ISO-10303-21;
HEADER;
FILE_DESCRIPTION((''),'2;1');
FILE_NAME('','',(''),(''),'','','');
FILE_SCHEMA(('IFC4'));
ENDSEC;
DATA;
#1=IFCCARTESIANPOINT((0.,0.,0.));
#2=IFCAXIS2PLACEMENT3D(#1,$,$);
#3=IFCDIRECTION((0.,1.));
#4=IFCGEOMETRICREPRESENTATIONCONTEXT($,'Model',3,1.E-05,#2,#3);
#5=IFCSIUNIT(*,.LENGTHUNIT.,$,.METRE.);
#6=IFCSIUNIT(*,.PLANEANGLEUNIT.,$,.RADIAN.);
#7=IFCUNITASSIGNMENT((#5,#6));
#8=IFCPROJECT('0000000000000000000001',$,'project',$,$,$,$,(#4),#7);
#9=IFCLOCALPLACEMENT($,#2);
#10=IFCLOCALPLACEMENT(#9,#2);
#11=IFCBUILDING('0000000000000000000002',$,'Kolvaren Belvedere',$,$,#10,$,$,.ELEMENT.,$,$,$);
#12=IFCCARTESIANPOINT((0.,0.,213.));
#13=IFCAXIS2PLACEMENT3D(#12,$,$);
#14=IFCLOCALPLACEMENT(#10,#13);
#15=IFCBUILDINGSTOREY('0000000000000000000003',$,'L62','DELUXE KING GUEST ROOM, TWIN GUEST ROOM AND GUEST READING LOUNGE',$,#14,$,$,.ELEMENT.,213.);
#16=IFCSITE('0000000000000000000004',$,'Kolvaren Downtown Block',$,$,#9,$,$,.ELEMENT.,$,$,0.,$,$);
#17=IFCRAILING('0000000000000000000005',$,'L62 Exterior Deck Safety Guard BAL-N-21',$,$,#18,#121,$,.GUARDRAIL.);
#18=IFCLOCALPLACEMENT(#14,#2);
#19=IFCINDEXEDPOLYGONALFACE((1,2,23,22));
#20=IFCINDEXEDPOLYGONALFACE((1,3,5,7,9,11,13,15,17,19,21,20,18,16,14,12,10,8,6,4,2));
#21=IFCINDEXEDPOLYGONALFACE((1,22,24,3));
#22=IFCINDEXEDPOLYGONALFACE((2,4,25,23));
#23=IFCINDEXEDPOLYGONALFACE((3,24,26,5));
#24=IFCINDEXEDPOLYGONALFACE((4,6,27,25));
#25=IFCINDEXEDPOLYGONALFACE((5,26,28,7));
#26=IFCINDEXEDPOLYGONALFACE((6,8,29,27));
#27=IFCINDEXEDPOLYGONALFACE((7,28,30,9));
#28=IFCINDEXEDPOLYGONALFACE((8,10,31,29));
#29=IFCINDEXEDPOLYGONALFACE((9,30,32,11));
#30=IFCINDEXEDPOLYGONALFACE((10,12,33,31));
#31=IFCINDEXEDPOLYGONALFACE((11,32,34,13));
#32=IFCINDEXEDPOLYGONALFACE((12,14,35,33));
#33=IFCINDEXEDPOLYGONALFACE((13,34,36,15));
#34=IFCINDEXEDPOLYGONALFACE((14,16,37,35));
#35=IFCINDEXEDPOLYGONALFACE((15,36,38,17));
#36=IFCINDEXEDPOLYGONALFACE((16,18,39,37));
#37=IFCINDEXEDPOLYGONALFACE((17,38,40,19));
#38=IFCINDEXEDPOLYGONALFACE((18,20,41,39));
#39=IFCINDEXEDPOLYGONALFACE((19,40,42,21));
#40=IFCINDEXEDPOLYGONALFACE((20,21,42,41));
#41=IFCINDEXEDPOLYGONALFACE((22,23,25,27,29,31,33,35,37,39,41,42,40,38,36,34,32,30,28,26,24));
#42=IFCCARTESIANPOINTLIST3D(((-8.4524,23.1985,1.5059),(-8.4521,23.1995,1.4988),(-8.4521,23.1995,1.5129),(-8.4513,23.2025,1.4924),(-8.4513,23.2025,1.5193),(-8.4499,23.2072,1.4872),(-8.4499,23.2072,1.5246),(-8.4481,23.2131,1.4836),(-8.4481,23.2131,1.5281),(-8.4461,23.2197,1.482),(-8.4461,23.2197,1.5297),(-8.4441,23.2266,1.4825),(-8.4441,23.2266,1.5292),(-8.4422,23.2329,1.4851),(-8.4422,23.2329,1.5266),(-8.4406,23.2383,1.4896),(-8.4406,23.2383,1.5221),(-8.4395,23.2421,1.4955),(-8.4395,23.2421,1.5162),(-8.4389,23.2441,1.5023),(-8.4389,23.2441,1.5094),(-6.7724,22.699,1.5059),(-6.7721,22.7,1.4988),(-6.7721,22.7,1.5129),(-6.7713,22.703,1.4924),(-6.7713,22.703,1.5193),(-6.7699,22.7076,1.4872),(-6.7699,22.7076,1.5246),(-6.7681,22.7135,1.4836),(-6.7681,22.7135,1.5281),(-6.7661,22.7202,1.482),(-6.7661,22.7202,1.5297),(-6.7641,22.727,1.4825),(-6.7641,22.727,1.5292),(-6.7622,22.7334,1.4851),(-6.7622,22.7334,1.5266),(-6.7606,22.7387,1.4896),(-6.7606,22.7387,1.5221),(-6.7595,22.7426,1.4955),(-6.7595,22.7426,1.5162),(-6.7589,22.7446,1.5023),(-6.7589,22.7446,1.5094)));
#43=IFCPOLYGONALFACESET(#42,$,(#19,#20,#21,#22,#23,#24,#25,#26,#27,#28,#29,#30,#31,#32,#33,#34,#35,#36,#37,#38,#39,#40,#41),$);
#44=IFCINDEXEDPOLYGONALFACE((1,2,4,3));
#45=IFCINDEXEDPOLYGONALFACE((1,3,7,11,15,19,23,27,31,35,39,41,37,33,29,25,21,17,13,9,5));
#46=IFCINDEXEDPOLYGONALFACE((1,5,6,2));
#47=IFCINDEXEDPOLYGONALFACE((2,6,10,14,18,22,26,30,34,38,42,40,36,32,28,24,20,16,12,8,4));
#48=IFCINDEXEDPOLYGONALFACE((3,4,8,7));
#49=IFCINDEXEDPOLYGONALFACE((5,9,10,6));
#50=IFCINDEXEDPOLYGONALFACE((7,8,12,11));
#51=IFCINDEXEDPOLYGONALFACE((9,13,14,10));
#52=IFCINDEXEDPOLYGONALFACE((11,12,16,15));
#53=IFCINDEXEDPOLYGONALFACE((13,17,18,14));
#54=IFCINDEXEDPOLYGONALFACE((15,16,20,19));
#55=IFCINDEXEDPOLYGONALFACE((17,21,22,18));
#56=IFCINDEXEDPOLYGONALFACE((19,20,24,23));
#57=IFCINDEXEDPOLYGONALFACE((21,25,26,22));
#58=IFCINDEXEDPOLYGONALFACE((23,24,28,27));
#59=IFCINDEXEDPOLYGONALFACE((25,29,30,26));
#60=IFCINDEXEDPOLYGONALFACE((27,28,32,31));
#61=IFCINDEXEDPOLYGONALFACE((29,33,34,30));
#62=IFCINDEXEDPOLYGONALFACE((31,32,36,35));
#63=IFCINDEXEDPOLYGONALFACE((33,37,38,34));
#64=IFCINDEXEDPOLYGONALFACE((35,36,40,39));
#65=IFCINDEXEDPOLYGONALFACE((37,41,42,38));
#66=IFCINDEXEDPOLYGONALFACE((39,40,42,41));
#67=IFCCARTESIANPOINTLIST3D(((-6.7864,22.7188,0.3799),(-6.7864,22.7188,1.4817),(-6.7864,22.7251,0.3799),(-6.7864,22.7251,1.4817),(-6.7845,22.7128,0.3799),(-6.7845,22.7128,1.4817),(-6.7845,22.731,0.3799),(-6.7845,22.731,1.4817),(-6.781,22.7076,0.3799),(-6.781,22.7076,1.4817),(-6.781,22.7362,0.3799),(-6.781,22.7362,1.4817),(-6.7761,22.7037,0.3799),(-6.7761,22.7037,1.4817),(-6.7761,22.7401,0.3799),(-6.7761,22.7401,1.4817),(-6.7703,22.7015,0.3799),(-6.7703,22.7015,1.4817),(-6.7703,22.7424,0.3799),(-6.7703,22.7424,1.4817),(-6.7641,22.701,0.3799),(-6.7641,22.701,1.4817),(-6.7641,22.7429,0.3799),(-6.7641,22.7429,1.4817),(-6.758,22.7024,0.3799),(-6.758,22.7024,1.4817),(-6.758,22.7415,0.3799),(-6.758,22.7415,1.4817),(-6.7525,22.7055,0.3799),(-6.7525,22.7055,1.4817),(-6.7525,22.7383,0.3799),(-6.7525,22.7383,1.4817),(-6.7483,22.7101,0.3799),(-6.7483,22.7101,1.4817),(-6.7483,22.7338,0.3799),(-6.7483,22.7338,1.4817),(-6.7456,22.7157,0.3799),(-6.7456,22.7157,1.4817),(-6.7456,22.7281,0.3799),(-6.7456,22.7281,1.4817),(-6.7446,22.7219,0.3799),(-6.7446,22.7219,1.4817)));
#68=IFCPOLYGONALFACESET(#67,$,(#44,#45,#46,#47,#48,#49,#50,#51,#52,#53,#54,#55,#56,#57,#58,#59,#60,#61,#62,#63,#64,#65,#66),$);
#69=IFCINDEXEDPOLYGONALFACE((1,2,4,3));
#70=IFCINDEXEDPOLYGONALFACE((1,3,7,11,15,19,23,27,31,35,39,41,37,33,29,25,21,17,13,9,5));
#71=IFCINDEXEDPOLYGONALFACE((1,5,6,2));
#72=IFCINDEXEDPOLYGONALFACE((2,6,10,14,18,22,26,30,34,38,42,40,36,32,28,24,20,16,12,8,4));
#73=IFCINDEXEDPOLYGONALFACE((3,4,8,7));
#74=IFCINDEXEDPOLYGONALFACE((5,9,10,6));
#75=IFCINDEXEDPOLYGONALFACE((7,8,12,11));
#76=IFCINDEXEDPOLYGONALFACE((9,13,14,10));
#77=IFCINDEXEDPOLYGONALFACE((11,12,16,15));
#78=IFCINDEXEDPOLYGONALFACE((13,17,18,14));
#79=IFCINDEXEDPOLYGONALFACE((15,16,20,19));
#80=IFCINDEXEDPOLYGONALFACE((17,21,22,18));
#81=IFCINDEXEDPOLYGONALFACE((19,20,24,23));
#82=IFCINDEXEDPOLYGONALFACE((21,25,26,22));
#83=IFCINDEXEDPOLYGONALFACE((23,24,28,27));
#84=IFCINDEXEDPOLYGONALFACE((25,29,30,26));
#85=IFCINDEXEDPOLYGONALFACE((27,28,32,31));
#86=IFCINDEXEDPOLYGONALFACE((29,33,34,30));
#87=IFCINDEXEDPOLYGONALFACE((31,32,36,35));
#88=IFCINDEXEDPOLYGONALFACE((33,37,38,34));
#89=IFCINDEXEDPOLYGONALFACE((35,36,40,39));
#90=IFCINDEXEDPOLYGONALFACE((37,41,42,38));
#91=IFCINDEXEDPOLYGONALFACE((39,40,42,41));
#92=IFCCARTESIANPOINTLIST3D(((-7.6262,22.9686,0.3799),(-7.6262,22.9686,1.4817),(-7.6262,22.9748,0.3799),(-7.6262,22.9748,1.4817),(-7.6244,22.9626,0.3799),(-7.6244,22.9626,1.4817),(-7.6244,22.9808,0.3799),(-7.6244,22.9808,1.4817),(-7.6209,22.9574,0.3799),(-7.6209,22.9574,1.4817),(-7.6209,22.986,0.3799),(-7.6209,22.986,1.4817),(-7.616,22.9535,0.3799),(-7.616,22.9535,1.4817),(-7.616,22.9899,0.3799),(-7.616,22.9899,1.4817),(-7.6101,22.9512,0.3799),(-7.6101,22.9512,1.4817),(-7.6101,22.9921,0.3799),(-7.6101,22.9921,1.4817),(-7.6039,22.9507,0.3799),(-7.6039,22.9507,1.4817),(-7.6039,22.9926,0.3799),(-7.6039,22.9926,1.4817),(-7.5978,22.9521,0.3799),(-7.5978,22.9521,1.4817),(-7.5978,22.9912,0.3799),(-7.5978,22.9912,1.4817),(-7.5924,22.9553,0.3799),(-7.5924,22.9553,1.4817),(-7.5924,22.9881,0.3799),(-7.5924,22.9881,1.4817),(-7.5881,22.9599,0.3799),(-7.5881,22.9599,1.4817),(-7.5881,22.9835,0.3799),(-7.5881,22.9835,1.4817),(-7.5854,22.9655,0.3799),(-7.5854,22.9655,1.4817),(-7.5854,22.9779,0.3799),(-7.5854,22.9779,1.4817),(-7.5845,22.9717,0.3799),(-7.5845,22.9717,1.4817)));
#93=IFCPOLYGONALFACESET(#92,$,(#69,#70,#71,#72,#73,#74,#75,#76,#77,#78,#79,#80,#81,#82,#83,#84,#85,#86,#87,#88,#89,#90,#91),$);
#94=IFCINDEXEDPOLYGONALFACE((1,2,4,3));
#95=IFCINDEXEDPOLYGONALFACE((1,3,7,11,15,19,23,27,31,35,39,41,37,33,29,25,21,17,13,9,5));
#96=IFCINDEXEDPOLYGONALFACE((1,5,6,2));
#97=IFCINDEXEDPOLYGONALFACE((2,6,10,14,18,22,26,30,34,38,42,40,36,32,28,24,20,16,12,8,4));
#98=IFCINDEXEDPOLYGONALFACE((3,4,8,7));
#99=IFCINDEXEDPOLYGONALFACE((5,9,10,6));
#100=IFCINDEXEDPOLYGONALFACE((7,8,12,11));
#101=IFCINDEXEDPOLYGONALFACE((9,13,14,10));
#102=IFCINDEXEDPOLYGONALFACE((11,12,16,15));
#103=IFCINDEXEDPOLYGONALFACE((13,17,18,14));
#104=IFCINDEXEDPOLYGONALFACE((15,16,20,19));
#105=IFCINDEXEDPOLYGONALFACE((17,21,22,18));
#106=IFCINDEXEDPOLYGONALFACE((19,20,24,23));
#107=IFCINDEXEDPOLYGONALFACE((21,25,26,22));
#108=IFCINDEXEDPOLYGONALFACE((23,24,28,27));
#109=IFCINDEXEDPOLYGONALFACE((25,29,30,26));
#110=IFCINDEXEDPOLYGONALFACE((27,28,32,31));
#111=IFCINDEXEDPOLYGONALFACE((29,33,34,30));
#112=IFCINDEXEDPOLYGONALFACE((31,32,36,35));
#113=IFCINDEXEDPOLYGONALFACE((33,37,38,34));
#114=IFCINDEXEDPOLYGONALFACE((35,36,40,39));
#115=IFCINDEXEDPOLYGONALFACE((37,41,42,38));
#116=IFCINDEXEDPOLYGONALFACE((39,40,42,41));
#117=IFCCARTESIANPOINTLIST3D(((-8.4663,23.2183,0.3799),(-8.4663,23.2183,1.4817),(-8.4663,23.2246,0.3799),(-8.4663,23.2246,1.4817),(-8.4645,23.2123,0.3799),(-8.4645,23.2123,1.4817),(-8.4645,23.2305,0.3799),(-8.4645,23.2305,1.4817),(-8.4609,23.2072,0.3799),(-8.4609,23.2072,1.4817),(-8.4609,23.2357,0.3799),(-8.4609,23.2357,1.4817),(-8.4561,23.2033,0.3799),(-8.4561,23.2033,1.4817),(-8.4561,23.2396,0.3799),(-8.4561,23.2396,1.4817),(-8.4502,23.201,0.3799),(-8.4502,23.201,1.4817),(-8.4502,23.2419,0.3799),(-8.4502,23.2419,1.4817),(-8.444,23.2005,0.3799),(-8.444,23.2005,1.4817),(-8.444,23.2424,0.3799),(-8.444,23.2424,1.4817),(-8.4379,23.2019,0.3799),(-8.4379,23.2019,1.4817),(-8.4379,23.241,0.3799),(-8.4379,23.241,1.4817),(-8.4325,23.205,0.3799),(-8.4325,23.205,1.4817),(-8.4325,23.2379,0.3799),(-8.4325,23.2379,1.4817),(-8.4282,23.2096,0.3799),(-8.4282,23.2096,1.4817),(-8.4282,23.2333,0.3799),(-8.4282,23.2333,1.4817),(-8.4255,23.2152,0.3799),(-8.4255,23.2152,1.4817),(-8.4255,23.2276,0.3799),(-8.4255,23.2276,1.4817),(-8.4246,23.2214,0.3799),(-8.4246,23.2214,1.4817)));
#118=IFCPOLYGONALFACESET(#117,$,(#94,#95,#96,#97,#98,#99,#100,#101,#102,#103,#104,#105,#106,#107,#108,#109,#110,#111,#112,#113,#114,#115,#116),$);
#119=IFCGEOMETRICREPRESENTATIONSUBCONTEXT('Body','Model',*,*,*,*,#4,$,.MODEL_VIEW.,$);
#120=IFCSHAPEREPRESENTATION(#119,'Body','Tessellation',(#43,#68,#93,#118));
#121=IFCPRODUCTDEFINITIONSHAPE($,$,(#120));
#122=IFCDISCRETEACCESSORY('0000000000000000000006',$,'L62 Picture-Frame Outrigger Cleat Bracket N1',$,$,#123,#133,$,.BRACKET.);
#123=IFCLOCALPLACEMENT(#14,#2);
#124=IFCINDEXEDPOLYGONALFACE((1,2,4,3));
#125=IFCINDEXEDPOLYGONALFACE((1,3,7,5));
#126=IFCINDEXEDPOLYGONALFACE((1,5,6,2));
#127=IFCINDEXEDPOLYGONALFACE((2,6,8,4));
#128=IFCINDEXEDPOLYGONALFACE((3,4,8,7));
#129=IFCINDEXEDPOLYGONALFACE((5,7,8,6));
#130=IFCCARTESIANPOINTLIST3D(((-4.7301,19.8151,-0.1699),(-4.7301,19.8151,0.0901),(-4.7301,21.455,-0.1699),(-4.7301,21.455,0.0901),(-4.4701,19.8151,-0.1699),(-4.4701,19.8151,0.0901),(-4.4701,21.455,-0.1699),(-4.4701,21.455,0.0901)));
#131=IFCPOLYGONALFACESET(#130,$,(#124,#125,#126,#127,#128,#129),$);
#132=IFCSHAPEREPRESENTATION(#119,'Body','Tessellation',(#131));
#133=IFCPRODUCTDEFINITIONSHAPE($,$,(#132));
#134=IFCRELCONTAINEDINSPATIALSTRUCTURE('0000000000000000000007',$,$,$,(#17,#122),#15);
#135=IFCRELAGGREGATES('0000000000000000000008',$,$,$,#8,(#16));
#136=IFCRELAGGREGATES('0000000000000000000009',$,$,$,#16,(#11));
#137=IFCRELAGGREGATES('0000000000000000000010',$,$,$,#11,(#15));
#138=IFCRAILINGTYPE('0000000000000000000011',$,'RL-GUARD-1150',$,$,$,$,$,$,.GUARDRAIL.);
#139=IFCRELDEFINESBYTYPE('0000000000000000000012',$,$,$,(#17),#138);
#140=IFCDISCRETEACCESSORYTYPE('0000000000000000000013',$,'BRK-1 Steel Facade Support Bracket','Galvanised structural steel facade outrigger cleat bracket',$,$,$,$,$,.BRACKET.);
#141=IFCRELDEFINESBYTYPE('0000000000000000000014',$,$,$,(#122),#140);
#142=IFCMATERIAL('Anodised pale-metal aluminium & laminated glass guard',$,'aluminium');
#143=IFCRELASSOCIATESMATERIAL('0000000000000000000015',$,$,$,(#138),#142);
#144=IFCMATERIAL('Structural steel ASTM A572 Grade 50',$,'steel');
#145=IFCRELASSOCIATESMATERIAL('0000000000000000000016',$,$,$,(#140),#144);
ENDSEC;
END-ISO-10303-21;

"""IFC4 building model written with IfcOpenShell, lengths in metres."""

from ifc_helpers import new_model, si_unit, direction, frame, origin, origin_2d, place, context, subcontext, project, spatial, rectangle, circle, extrude, material, type_object, element, save


model = new_model("IFC4")

# Units and contexts
model_context = context("Model", 3, precision=1e-05, world=origin(), true_north=direction((0.0, 1.0)))
body_context = subcontext(model_context, "Body", "Model", "MODEL_VIEW")
ifc_project = project(units=[si_unit("LENGTHUNIT", "METRE"), si_unit("PLANEANGLEUNIT", "RADIAN")], contexts=[model_context])

# Site, building, storey
site_placement = place(None, origin())
site = spatial("IfcSite", under=ifc_project, at=site_placement, Name="Kolvaren Downtown Block", CompositionType="ELEMENT", RefElevation=0.0)
building_placement = place(site_placement, origin())
building = spatial("IfcBuilding", under=site, at=building_placement, Name="Kolvaren Belvedere", CompositionType="ELEMENT")
storey_placement = place(building_placement, frame((0.0, 0.0, 213.0)))
storey = spatial("IfcBuildingStorey", under=building, at=storey_placement, Name="L62", Description="DELUXE KING GUEST ROOM, TWIN GUEST ROOM AND GUEST READING LOUNGE", CompositionType="ELEMENT", Elevation=213.0)

# Railing
ifc_material_1 = material(Name="Anodised pale-metal aluminium & laminated glass guard", Category="aluminium")
railing_type = type_object("IfcRailingType", Name="RL-GUARD-1150", PredefinedType="GUARDRAIL", material=ifc_material_1)
railing_1_placement = place(storey_placement, frame((-6.7656, 22.7219, 0.3799)))
element("IfcRailing", 1, at=railing_1_placement, inside=storey, type_object=railing_type, Name="L62 Exterior Deck Safety Guard BAL-N-21", PredefinedType="GUARDRAIL", context=body_context, shape_type="SweptSolid", body=[
    extrude(circle(Radius=0.0239, at=origin_2d()), frame((0.0, 0.0, 1.126), z_axis=(-0.958525, 0.285008, 0.0), x_axis=(-0.285008, -0.958525, 0.0)), (0.0, 0.0, 1.0), 1.7527),
    extrude(circle(Radius=0.021, at=origin_2d()), origin(), (0.0, 0.0, 1.0), 1.1018),
    extrude(circle(Radius=0.021, at=origin_2d()), frame((-0.8398, 0.2498, 0.0)), (0.0, 0.0, 1.0), 1.1018),
    extrude(circle(Radius=0.021, at=origin_2d()), frame((-1.6799, 0.4995, 0.0)), (0.0, 0.0, 1.0), 1.1018),
])

# Discrete accessory
ifc_material_2 = material(Name="Structural steel ASTM A572 Grade 50", Category="steel")
discrete_accessory_type = type_object("IfcDiscreteAccessoryType", Name="BRK-1 Steel Facade Support Bracket", Description="Galvanised structural steel facade outrigger cleat bracket", PredefinedType="BRACKET", material=ifc_material_2)
discrete_accessory_placement = place(storey_placement, frame((-4.6001, 20.635, -0.1699), z_axis=(0.0, 0.0, 1.0), x_axis=(0.0, 1.0, 0.0)))
element("IfcDiscreteAccessory", 2, at=discrete_accessory_placement, inside=storey, type_object=discrete_accessory_type, Name="L62 Picture-Frame Outrigger Cleat Bracket N1", PredefinedType="BRACKET", context=body_context, shape_type="SweptSolid", body=[
    extrude(rectangle(XDim=1.6399, YDim=0.26, at=origin_2d()), origin(), (0.0, 0.0, 1.0), 0.26),
])

save(model, "model.ifc")
